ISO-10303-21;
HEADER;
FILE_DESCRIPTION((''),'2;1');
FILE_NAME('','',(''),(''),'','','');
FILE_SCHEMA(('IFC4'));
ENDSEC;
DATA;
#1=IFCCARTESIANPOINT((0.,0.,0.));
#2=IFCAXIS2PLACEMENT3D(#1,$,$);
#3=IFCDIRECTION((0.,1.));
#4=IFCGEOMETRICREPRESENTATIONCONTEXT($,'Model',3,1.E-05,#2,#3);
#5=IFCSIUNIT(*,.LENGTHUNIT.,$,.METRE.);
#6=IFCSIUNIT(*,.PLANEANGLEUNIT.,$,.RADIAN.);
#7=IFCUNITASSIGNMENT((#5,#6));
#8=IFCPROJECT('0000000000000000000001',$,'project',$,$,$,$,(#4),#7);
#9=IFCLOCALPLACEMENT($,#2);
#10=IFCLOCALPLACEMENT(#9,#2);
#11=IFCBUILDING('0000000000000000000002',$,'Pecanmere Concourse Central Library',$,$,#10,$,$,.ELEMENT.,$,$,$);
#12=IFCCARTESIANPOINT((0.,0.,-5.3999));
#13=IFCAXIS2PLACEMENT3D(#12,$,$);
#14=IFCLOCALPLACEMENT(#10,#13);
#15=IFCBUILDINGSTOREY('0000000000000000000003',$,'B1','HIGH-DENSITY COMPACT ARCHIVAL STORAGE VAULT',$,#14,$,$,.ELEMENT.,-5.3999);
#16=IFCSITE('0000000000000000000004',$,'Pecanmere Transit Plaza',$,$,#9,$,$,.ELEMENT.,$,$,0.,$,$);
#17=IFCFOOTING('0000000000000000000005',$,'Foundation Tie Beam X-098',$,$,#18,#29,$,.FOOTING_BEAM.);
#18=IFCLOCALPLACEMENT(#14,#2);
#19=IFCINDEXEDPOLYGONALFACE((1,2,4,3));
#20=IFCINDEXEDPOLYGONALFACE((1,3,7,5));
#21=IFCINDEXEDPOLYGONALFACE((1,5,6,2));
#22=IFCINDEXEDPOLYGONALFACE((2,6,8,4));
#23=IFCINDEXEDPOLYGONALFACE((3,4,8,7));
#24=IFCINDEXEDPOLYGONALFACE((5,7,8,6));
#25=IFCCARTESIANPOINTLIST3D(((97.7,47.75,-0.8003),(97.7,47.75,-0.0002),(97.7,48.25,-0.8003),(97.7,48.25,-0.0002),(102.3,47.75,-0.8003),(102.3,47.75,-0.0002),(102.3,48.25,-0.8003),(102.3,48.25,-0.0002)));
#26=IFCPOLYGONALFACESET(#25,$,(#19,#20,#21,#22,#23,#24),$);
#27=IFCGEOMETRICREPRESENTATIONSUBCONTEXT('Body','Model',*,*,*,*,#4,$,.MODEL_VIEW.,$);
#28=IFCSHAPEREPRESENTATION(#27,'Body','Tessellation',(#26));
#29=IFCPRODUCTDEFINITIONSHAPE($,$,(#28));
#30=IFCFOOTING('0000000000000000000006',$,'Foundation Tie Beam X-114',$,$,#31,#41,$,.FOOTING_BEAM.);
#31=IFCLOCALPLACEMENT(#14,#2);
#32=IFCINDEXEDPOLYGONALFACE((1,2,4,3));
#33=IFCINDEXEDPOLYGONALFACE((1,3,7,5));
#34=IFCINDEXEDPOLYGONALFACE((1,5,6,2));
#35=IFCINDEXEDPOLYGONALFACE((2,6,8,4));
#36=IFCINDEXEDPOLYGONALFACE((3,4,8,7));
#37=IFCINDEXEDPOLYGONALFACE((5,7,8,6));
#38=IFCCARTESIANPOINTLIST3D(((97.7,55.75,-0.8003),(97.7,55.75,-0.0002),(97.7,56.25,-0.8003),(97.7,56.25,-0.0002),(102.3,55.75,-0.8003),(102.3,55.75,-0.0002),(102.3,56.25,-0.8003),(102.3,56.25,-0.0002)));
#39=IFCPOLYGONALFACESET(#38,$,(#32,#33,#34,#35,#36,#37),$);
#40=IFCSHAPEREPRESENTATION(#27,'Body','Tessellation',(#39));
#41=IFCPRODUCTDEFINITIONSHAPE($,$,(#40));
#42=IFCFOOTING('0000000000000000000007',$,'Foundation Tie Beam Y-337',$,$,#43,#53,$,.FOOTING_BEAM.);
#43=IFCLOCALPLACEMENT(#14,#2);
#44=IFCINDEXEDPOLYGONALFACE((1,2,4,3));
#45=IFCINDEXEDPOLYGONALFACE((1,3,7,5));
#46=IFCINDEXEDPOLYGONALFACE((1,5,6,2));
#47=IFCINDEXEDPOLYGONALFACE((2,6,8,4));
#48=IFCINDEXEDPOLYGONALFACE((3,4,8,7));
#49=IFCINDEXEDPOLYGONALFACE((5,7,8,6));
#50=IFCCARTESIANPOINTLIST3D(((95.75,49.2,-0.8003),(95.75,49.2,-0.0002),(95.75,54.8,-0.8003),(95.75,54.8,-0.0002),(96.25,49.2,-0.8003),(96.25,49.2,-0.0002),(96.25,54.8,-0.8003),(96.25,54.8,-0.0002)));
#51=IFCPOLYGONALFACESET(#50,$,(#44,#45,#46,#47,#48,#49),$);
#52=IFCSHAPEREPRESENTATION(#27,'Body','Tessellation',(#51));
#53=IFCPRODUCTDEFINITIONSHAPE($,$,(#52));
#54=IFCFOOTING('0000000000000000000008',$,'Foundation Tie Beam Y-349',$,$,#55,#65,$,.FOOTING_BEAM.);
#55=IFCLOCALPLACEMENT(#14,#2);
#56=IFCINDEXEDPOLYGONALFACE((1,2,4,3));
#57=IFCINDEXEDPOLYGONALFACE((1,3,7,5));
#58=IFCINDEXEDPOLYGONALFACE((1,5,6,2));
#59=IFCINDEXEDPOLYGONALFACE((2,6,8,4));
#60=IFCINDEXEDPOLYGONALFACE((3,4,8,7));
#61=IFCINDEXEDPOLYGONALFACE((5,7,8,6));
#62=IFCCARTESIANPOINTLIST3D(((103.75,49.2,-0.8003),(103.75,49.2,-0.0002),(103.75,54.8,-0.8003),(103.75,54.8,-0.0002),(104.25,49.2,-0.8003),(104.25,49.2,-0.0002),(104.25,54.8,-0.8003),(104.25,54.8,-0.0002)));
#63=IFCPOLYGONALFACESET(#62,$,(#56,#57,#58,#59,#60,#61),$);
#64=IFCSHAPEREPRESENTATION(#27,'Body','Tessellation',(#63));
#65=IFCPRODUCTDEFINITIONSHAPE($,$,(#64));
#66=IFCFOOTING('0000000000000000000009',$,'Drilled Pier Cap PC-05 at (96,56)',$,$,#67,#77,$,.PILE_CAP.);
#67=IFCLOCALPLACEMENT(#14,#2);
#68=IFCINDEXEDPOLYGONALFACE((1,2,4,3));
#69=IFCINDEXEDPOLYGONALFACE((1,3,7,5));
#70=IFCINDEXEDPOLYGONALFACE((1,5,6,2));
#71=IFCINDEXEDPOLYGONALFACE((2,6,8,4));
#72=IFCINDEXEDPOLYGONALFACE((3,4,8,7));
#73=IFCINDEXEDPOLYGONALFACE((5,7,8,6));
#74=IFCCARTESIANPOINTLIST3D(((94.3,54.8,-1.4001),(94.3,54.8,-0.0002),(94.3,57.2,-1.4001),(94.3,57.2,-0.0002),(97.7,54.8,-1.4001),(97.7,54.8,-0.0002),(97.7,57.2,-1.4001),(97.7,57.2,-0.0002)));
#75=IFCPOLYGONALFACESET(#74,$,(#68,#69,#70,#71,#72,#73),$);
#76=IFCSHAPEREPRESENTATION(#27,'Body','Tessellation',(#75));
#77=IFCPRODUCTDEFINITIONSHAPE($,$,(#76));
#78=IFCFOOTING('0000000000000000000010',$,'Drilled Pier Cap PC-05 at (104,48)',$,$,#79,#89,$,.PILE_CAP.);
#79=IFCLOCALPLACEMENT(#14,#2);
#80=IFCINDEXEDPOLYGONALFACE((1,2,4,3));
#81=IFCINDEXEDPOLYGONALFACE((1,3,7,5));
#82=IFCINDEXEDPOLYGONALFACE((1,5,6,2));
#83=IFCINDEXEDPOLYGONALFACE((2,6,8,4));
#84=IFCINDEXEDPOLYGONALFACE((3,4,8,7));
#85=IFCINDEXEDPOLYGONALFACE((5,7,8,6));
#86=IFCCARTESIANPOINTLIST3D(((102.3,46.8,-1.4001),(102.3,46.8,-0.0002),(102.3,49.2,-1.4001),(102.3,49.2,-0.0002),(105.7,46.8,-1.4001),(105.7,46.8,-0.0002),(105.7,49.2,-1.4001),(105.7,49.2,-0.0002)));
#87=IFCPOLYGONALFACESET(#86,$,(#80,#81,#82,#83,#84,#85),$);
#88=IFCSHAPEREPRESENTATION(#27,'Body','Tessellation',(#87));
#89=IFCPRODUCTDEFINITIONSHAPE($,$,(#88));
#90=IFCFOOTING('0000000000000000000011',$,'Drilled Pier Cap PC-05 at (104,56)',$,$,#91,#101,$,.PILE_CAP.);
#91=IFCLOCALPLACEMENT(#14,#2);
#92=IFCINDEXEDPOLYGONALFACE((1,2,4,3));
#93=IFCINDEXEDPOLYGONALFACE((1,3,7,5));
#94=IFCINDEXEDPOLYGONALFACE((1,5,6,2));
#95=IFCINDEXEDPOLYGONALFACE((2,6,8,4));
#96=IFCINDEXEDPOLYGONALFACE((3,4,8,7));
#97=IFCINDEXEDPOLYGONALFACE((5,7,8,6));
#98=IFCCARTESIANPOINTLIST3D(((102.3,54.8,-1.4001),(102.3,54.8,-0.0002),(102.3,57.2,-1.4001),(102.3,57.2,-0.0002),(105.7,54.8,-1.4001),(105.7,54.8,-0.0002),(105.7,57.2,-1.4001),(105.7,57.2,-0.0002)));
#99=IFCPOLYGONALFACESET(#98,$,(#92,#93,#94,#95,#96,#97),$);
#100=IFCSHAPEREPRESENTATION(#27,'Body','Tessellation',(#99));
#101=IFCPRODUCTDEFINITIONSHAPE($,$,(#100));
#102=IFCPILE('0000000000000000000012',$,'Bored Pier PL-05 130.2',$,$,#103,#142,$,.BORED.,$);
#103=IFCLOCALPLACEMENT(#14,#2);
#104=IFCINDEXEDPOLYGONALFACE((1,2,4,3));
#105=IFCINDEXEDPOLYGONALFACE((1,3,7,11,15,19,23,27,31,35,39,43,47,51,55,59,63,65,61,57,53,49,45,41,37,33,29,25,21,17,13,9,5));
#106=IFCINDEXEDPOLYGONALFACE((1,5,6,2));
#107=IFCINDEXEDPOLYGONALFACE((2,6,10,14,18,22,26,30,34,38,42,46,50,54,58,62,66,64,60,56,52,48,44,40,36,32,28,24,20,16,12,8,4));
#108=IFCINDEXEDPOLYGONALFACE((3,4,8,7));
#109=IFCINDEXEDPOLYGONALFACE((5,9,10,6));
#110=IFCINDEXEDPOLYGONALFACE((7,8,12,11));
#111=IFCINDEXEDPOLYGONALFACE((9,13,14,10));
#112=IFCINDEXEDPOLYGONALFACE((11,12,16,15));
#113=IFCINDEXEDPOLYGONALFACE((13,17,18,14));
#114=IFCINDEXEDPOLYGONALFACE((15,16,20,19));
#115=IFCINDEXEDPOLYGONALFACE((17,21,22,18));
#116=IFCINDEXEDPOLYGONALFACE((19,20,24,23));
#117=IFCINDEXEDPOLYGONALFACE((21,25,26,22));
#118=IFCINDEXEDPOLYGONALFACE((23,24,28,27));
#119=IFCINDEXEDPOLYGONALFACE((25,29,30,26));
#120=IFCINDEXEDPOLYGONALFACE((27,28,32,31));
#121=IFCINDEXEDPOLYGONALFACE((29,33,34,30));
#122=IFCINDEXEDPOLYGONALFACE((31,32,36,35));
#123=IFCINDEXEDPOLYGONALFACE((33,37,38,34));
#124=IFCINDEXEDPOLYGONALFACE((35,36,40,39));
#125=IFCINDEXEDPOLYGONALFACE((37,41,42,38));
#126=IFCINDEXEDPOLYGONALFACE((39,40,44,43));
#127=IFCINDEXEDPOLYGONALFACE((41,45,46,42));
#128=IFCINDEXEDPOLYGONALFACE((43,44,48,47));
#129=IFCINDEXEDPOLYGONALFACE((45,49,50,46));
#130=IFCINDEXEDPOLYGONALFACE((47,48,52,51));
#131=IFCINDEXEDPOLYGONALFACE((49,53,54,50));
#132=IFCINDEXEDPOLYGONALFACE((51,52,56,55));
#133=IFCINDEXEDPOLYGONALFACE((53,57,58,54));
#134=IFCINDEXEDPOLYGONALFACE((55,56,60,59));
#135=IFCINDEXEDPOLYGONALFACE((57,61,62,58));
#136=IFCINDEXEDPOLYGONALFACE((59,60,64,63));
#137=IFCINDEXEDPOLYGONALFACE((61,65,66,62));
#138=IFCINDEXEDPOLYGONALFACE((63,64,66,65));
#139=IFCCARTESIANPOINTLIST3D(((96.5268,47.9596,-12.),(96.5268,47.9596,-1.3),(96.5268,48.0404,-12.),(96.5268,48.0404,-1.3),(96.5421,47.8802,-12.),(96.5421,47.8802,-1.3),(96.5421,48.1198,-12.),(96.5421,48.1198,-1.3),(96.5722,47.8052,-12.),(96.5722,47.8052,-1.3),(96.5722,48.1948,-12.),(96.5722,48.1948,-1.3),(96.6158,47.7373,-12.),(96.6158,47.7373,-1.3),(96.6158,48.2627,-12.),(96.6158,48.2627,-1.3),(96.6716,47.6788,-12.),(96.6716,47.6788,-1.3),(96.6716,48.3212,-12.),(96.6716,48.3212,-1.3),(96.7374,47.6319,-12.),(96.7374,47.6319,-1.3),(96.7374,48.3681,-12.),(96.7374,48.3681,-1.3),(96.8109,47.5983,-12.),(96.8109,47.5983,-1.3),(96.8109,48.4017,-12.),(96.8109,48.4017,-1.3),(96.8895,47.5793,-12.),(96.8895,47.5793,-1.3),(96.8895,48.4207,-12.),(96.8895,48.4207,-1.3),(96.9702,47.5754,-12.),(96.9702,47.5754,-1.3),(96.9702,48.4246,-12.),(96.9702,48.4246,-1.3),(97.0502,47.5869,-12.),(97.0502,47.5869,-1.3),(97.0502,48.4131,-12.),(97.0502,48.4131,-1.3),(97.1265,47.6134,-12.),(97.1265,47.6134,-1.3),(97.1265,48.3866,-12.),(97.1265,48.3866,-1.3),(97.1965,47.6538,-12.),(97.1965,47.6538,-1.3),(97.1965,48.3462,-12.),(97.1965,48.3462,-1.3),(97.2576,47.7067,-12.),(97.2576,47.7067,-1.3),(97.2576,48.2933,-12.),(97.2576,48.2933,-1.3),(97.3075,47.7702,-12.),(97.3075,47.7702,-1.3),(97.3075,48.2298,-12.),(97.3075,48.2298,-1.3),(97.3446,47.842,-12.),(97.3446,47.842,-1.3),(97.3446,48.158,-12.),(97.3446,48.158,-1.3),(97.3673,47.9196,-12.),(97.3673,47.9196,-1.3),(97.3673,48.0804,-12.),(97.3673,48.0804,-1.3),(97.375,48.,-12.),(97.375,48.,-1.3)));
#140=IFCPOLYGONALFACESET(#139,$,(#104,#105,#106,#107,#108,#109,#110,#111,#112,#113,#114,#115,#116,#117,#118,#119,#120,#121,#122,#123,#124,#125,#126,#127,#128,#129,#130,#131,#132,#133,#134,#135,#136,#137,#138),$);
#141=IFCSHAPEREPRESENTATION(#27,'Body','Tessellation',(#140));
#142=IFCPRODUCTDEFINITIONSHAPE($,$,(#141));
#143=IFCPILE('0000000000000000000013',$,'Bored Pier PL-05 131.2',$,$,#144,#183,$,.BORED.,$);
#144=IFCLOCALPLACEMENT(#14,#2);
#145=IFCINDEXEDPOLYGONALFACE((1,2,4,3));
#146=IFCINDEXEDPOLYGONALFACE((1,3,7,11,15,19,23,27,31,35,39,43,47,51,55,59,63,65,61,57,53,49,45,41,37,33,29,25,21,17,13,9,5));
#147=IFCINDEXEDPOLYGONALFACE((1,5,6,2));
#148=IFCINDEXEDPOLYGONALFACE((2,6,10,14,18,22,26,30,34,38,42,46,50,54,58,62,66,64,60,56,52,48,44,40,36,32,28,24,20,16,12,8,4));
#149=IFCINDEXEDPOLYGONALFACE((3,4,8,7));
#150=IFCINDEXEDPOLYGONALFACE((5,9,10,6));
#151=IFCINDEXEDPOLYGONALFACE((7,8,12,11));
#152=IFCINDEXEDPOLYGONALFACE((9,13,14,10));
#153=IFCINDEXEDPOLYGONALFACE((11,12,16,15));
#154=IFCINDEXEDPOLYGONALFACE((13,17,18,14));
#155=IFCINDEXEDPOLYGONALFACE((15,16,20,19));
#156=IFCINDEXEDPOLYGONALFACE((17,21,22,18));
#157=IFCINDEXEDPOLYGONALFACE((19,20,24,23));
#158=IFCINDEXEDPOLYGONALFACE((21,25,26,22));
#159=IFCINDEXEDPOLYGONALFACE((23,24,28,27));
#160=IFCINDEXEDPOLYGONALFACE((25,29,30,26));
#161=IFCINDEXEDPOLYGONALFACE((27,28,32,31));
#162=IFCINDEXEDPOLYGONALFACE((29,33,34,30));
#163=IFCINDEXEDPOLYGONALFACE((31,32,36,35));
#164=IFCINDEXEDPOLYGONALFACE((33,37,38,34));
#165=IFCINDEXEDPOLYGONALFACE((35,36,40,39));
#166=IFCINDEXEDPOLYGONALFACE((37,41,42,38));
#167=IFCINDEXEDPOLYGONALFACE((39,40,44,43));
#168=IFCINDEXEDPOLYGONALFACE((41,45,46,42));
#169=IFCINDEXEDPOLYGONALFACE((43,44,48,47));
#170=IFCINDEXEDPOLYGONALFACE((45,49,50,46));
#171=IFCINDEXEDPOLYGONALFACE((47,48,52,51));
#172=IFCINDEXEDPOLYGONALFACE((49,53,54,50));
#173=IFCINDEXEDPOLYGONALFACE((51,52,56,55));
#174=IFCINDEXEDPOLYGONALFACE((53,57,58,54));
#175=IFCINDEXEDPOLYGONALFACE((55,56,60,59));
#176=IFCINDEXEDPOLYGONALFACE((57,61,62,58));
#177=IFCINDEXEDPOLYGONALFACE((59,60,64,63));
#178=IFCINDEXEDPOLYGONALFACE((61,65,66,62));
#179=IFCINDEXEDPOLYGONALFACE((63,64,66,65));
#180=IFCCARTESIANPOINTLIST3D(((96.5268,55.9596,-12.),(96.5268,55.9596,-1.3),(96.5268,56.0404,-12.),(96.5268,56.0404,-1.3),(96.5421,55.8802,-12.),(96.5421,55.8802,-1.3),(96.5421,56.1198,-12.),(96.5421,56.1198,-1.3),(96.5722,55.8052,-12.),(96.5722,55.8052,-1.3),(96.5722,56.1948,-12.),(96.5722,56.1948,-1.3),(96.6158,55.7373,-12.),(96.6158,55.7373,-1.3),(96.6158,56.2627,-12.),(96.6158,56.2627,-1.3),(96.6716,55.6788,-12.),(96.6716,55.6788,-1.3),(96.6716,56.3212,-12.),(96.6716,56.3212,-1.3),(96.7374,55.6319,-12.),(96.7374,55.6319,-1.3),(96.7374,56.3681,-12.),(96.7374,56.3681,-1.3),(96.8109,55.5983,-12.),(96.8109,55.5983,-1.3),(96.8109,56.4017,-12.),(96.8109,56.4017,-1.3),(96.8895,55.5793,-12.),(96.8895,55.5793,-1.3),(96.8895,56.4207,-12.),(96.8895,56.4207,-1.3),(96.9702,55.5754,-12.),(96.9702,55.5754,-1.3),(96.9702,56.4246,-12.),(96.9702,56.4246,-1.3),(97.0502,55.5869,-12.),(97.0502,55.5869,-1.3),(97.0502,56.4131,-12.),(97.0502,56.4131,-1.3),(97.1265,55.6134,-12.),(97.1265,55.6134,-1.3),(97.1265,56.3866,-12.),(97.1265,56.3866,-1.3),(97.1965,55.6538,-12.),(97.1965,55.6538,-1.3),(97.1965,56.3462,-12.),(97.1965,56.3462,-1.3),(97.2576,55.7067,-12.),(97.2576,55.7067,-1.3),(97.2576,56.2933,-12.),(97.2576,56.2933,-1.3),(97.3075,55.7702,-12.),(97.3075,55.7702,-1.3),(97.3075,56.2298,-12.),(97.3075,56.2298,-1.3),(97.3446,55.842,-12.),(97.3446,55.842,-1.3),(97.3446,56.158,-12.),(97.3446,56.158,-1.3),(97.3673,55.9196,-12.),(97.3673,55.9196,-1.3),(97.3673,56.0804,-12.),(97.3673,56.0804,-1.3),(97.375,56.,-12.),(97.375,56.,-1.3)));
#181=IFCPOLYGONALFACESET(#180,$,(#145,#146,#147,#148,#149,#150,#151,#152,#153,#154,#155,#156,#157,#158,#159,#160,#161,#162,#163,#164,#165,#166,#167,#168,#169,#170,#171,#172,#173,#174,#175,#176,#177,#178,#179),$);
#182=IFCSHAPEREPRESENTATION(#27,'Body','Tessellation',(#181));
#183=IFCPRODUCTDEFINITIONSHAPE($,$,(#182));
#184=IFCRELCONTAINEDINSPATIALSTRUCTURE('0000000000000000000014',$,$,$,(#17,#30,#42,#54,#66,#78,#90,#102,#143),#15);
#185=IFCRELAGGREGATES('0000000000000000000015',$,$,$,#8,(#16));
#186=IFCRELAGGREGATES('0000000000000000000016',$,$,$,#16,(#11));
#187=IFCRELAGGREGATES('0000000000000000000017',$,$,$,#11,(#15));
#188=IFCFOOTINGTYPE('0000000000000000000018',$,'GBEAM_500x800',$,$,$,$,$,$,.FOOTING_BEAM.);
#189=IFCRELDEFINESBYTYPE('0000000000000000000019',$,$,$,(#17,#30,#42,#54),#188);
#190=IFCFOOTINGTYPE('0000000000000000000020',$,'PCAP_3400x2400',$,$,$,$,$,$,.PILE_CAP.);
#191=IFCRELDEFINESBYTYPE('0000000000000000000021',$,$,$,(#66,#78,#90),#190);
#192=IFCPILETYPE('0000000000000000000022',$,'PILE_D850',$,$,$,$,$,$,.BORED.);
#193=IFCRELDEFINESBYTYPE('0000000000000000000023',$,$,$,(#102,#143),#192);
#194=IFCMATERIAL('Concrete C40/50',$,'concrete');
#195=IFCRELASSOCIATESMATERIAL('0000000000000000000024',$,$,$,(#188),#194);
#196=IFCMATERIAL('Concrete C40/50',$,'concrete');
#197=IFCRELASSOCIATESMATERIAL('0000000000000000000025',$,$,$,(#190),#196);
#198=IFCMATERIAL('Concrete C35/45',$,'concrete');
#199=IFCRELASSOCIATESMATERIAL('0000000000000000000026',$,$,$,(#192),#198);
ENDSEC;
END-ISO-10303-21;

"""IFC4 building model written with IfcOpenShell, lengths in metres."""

from ifc_helpers import new_model, si_unit, direction, frame, origin, origin_2d, place, context, subcontext, project, spatial, rectangle, circle, extrude, material, material_profile, profile_set, type_object, element, save


model = new_model("IFC4")

# Units and contexts
model_context = context("Model", 3, precision=1e-05, world=origin(), true_north=direction((0.0, 1.0)))
body_context = subcontext(model_context, "Body", "Model", "MODEL_VIEW")
ifc_project = project(units=[si_unit("LENGTHUNIT", "METRE"), si_unit("PLANEANGLEUNIT", "RADIAN")], contexts=[model_context])

# Site, building, storey
site_placement = place(None, origin())
site = spatial("IfcSite", under=ifc_project, at=site_placement, Name="Pecanmere Transit Plaza", CompositionType="ELEMENT", RefElevation=0.0)
building_placement = place(site_placement, origin())
building = spatial("IfcBuilding", under=site, at=building_placement, Name="Pecanmere Concourse Central Library", CompositionType="ELEMENT")
storey_placement = place(building_placement, frame((0.0, 0.0, -5.3999)))
storey = spatial("IfcBuildingStorey", under=building, at=storey_placement, Name="B1", Description="HIGH-DENSITY COMPACT ARCHIVAL STORAGE VAULT", CompositionType="ELEMENT", Elevation=-5.3999)

# Footings
ifc_material_1 = material(Name="Concrete C40/50", Category="concrete")
ifc_material_profile_1 = material_profile(ifc_material_1, rectangle(XDim=0.5, YDim=0.8, at=origin_2d()), Name="RC 500x800")
ifc_profile_set_1 = profile_set([ifc_material_profile_1], Name="Concrete C40/50")
footing_type_1 = type_object("IfcFootingType", Name="GBEAM_500x800", PredefinedType="FOOTING_BEAM", material=ifc_profile_set_1)
for number, where, z_axis, x_axis, name in (
    (1, (100.0, 48.0, -0.8003), (0.0, 0.0, 1.0), (1.0, 0.0, 0.0), "Foundation Tie Beam X-098"),
    (2, (100.0, 56.0, -0.8003), (0.0, 0.0, 1.0), (1.0, 0.0, 0.0), "Foundation Tie Beam X-114"),
):
    element("IfcFooting", number, at=place(storey_placement, frame(where, z_axis=z_axis, x_axis=x_axis)), inside=storey, type_object=footing_type_1, Name=name, PredefinedType="FOOTING_BEAM", context=body_context, shape_type="SweptSolid", body=[
        extrude(rectangle(XDim=4.6001, YDim=0.5, at=origin_2d()), origin(), (0.0, 0.0, 1.0), 0.8),
    ])
for number, where, z_axis, x_axis, name in (
    (3, (96.0, 52.0, -0.8003), (0.0, 0.0, 1.0), (0.0, 1.0, 0.0), "Foundation Tie Beam Y-337"),
    (4, (104.0, 52.0, -0.8003), (0.0, 0.0, 1.0), (0.0, 1.0, 0.0), "Foundation Tie Beam Y-349"),
):
    element("IfcFooting", number, at=place(storey_placement, frame(where, z_axis=z_axis, x_axis=x_axis)), inside=storey, type_object=footing_type_1, Name=name, PredefinedType="FOOTING_BEAM", context=body_context, shape_type="SweptSolid", body=[
        extrude(rectangle(XDim=5.6001, YDim=0.5, at=origin_2d()), origin(), (0.0, 0.0, 1.0), 0.8),
    ])
ifc_material_2 = material(Name="Concrete C40/50", Category="concrete")
footing_type_2 = type_object("IfcFootingType", Name="PCAP_3400x2400", PredefinedType="PILE_CAP", material=ifc_material_2)
for number, where, z_axis, x_axis, name in (
    (5, (96.0, 56.0, -1.4001), (0.0, 0.0, 1.0), (1.0, 0.0, 0.0), "Drilled Pier Cap PC-05 at (96,56)"),
    (6, (104.0, 48.0, -1.4001), (0.0, 0.0, 1.0), (1.0, 0.0, 0.0), "Drilled Pier Cap PC-05 at (104,48)"),
    (7, (104.0, 56.0, -1.4001), (0.0, 0.0, 1.0), (1.0, 0.0, 0.0), "Drilled Pier Cap PC-05 at (104,56)"),
):
    element("IfcFooting", number, at=place(storey_placement, frame(where, z_axis=z_axis, x_axis=x_axis)), inside=storey, type_object=footing_type_2, Name=name, PredefinedType="PILE_CAP", context=body_context, shape_type="SweptSolid", body=[
        extrude(rectangle(XDim=3.3999, YDim=2.3999, at=origin_2d()), origin(), (0.0, 0.0, 1.0), 1.3999),
    ])

# Piles
ifc_material_3 = material(Name="Concrete C35/45", Category="concrete")
ifc_material_profile_2 = material_profile(ifc_material_3, circle(Radius=0.425, at=origin_2d()), Name="PIER D850")
ifc_profile_set_2 = profile_set([ifc_material_profile_2], Name="Concrete C35/45")
pile_type = type_object("IfcPileType", Name="PILE_D850", PredefinedType="BORED", material=ifc_profile_set_2)
for number, where, z_axis, x_axis, name in (
    (8, (96.95, 48.0, -1.3), (0.0, 0.0, -1.0), (1.0, 0.0, 0.0), "Bored Pier PL-05 130.2"),
    (9, (96.95, 56.0, -1.3), (0.0, 0.0, -1.0), (1.0, 0.0, 0.0), "Bored Pier PL-05 131.2"),
):
    element("IfcPile", number, at=place(storey_placement, frame(where, z_axis=z_axis, x_axis=x_axis)), inside=storey, type_object=pile_type, Name=name, PredefinedType="BORED", context=body_context, shape_type="SweptSolid", body=[
        extrude(circle(Radius=0.425, at=origin_2d()), origin(), (0.0, 0.0, 1.0), 10.7),
    ])

save(model, "model.ifc")
